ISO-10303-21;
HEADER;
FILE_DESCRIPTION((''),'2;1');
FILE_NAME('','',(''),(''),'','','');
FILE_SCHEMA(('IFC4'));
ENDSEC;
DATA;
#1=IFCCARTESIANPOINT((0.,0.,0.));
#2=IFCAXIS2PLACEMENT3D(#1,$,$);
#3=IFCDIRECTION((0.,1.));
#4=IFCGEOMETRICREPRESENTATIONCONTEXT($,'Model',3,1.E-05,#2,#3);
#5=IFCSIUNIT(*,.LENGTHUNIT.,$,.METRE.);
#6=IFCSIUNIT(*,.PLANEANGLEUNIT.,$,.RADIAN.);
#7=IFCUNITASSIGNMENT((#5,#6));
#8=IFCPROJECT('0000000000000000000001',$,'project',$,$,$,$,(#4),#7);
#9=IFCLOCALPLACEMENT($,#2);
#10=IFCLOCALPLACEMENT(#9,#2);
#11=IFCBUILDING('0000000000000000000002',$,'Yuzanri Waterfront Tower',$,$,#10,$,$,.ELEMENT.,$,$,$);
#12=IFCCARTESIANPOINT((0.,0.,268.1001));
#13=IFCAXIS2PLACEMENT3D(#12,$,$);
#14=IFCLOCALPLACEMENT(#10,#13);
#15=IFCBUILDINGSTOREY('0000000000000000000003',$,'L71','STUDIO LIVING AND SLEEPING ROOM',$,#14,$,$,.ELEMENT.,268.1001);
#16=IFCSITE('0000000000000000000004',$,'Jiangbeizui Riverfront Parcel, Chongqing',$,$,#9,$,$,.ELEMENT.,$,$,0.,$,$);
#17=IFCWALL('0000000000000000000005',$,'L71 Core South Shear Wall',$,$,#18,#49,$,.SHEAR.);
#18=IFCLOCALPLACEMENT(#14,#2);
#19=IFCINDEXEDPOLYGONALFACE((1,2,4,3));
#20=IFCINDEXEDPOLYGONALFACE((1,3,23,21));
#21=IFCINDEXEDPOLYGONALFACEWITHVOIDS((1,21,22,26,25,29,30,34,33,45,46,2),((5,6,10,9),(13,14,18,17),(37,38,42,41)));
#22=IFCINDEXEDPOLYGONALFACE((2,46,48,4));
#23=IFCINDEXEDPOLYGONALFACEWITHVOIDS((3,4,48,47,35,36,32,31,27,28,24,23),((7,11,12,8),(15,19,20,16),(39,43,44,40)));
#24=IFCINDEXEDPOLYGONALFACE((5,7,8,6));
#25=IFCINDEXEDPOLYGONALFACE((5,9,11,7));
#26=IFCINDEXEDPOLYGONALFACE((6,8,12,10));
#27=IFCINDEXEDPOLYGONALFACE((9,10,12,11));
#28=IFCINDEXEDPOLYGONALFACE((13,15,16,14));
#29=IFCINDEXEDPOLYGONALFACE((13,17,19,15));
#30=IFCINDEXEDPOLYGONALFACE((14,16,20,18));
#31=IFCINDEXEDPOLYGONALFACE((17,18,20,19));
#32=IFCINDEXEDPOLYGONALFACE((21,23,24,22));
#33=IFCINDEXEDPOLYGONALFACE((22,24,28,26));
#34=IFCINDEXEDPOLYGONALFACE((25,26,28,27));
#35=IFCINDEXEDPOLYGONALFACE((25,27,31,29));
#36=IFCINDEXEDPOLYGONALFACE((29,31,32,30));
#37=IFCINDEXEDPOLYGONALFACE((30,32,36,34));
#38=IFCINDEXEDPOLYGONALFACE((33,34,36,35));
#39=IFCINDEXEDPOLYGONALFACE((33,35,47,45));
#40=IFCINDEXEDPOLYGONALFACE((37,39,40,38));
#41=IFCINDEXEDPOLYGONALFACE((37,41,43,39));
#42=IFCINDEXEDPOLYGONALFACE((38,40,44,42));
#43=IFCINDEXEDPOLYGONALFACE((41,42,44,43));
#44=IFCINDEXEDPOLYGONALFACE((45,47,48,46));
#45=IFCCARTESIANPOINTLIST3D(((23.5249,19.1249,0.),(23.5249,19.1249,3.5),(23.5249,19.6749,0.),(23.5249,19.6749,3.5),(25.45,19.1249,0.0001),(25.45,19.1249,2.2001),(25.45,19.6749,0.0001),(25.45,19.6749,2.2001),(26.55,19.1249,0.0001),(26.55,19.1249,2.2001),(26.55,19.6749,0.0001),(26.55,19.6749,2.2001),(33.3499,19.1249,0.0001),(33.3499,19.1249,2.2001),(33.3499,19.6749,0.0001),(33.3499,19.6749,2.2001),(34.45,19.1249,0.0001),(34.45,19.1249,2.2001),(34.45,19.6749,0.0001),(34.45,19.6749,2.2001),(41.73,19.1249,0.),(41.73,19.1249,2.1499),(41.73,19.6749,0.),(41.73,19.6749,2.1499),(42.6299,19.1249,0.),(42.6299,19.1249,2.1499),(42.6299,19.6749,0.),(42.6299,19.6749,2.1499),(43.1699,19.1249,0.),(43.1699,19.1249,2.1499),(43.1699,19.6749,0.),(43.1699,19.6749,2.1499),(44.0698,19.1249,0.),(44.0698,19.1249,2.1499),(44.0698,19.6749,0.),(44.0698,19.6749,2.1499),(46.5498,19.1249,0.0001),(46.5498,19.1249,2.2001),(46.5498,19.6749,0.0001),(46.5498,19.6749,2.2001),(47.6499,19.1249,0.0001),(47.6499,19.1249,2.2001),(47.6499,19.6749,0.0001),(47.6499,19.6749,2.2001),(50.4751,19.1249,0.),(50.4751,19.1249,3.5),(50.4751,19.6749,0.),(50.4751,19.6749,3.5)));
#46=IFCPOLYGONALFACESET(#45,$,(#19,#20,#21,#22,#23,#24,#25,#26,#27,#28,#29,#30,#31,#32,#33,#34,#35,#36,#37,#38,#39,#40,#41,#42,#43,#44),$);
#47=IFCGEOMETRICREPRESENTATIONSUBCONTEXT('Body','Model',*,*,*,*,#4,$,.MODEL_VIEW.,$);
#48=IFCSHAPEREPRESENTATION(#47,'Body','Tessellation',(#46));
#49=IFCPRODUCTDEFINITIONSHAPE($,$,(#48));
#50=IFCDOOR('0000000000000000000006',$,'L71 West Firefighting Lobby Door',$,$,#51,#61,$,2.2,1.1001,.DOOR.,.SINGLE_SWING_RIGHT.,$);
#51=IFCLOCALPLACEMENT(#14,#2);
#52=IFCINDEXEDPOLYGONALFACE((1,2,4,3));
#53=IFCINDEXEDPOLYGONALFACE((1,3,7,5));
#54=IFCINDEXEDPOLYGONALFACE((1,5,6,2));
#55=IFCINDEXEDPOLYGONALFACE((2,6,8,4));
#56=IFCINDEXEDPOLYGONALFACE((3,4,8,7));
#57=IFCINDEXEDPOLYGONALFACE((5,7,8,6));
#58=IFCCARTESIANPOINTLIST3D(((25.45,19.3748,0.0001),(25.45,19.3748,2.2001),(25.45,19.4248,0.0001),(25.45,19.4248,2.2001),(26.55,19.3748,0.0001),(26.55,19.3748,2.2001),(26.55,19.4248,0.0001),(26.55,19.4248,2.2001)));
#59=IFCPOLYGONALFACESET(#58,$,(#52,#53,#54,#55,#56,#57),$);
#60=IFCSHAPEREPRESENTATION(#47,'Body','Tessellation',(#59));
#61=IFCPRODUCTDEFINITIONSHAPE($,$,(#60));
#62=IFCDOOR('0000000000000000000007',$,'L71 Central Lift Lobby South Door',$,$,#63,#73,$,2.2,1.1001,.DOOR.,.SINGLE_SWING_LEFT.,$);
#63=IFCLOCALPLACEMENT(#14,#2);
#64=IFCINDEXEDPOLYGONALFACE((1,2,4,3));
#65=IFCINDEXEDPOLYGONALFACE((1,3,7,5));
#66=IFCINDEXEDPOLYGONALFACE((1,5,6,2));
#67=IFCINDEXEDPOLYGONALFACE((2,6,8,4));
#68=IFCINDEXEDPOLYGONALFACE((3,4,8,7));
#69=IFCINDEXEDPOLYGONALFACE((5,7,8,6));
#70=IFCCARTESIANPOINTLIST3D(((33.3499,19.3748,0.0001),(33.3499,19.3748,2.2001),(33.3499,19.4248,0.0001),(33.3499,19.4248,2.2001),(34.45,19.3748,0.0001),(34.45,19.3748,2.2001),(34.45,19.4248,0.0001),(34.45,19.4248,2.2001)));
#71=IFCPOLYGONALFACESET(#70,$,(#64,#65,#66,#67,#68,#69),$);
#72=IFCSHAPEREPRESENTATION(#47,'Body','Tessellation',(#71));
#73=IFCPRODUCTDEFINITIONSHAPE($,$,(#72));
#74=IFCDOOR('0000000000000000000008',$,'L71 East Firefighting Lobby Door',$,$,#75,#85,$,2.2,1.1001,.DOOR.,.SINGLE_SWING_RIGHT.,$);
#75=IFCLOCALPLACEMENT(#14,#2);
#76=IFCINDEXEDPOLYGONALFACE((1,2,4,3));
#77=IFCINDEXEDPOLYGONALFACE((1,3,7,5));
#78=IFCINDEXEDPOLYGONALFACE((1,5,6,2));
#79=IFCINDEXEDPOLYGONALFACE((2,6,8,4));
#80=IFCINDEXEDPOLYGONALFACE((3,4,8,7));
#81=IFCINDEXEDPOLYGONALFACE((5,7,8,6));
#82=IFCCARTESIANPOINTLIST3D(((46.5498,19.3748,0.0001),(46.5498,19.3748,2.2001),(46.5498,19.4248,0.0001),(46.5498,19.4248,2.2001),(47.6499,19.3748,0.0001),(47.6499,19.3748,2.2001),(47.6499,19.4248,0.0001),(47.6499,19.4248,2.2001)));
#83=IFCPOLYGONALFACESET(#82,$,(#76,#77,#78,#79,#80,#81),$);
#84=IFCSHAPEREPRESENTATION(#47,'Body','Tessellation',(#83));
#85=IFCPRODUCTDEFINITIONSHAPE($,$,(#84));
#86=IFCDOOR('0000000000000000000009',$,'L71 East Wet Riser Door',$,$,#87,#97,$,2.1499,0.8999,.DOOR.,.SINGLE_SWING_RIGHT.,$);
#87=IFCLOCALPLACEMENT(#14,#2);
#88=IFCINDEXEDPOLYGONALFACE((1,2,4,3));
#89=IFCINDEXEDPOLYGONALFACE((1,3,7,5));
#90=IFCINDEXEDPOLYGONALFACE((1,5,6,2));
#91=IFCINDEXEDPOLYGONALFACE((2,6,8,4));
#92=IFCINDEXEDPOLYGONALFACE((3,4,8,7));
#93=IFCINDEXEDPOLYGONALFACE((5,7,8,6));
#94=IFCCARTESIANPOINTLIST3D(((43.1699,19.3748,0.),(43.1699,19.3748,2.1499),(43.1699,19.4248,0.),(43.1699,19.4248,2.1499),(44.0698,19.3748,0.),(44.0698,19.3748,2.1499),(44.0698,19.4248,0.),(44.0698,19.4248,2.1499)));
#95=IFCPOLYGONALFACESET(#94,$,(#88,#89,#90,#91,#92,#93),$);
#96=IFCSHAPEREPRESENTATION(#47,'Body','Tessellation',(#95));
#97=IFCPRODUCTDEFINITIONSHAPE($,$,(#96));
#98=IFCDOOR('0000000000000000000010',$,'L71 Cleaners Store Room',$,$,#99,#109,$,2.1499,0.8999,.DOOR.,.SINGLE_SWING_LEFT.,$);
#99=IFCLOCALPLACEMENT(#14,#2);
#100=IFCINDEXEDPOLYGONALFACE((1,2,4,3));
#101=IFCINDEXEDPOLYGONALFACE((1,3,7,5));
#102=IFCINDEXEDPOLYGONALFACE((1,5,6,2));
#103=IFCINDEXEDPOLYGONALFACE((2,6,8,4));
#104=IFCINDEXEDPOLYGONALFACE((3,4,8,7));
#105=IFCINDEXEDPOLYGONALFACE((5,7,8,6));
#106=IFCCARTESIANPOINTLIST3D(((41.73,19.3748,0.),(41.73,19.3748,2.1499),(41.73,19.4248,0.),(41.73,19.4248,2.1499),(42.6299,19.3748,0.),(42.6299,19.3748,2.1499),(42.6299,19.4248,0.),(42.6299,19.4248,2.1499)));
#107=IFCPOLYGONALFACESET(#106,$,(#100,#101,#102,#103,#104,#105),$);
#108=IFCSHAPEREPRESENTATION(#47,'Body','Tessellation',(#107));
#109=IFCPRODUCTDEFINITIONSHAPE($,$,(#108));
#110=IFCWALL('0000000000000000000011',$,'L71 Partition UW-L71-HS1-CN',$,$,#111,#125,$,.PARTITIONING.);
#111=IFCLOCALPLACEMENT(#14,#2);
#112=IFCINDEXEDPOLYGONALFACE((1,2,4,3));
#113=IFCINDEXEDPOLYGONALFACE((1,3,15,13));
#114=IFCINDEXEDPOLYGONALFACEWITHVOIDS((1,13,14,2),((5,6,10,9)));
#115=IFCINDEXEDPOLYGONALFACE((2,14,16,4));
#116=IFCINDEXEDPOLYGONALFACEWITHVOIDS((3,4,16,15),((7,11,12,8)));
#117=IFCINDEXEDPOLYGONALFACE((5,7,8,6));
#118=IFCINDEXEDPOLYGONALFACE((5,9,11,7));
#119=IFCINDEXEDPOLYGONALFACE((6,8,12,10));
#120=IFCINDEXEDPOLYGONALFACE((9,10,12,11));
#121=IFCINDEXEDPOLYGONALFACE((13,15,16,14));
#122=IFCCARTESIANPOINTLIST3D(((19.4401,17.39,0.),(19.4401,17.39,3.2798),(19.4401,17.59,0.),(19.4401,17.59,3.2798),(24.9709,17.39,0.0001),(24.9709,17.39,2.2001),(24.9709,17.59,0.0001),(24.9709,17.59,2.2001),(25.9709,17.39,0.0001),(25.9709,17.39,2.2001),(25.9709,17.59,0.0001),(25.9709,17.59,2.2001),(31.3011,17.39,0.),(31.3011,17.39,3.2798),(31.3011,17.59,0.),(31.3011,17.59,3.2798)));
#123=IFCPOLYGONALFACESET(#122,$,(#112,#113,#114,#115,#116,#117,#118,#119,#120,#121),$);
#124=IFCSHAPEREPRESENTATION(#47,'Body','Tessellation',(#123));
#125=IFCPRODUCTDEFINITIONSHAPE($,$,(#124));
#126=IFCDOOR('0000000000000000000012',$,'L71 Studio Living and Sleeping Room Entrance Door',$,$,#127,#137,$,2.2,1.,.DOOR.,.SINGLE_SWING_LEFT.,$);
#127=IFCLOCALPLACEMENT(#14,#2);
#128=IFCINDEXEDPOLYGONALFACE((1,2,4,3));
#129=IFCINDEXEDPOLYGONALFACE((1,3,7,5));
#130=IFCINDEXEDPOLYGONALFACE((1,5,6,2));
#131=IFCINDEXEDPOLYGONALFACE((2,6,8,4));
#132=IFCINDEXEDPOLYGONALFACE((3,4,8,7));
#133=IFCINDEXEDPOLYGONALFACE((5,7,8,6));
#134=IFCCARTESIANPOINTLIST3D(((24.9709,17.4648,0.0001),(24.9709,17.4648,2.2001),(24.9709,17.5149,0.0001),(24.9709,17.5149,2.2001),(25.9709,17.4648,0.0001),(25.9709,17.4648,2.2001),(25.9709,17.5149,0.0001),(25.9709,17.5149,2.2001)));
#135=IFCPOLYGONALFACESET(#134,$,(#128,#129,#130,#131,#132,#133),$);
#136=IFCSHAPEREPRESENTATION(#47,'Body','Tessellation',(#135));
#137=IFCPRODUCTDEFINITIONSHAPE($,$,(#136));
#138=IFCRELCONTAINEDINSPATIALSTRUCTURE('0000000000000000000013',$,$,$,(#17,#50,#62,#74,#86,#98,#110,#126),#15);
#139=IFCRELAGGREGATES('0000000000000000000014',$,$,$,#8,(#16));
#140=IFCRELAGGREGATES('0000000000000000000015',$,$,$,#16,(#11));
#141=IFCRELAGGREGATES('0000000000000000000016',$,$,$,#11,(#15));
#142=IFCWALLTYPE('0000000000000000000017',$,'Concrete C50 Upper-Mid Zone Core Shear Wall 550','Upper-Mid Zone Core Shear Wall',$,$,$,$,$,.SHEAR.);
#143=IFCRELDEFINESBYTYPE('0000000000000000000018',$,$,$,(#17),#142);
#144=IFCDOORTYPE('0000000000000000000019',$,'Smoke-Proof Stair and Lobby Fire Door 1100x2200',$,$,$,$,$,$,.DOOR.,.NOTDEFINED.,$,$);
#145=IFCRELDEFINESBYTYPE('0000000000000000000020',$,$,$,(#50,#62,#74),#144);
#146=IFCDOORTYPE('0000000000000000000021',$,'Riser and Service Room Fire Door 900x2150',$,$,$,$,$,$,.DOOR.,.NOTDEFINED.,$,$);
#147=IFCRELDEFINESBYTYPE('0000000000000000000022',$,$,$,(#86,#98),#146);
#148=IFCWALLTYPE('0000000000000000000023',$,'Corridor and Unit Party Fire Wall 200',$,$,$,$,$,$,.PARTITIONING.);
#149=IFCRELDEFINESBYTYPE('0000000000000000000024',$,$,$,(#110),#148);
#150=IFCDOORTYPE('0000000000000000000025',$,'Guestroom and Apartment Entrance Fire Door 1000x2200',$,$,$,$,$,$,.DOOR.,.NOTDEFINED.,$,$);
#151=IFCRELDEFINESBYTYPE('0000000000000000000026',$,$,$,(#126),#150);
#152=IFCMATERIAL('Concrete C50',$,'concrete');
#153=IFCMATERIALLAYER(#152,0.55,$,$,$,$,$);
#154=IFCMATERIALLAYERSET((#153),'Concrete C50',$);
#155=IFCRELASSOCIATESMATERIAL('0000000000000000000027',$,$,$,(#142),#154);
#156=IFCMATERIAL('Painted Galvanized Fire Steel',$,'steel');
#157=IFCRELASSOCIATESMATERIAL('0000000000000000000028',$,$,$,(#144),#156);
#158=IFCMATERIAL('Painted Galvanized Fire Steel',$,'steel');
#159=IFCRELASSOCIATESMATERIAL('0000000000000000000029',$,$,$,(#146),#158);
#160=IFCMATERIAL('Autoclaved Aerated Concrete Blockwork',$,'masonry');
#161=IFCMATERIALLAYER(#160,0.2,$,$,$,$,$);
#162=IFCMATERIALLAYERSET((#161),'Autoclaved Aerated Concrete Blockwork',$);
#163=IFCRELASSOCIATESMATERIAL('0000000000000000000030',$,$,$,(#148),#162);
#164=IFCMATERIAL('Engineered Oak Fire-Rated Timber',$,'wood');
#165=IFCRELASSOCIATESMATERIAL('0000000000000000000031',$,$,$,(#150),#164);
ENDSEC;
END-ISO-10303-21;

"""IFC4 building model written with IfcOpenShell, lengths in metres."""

from ifc_helpers import new_model, si_unit, direction, frame, frame_2d, origin, place, context, subcontext, project, spatial, rectangle, extrude, source, transform, mapped, material, layer, layer_set, type_object, element, fill, save


model = new_model("IFC4")

# Units and contexts
model_context = context("Model", 3, precision=1e-05, world=origin(), true_north=direction((0.0, 1.0)))
body_context = subcontext(model_context, "Body", "Model", "MODEL_VIEW")
ifc_project = project(units=[si_unit("LENGTHUNIT", "METRE"), si_unit("PLANEANGLEUNIT", "RADIAN")], contexts=[model_context])

# Site, building, storey
site_placement = place(None, origin())
site = spatial("IfcSite", under=ifc_project, at=site_placement, Name="Jiangbeizui Riverfront Parcel, Chongqing", CompositionType="ELEMENT", RefElevation=0.0)
building_placement = place(site_placement, origin())
building = spatial("IfcBuilding", under=site, at=building_placement, Name="Yuzanri Waterfront Tower", CompositionType="ELEMENT")
storey_placement = place(building_placement, frame((0.0, 0.0, 268.1001)))
storey = spatial("IfcBuildingStorey", under=building, at=storey_placement, Name="L71", Description="STUDIO LIVING AND SLEEPING ROOM", CompositionType="ELEMENT", Elevation=268.1001)

# Wall, openings, doors
ifc_material_1 = material(Name="Concrete C50", Category="concrete")
ifc_layer_1 = layer(ifc_material_1, 0.55)
ifc_layer_set_1 = layer_set([ifc_layer_1], Name="Concrete C50")
wall_type_1 = type_object("IfcWallType", Name="Concrete C50 Upper-Mid Zone Core Shear Wall 550", Description="Upper-Mid Zone Core Shear Wall", PredefinedType="SHEAR", material=ifc_layer_set_1)
wall_1_placement = place(storey_placement, frame((23.5249, 19.3999, 0.0), z_axis=(0.0, 0.0, 1.0), x_axis=(1.0, 0.0, 0.0)))
wall_1 = element("IfcWall", 1, at=wall_1_placement, inside=storey, type_object=wall_type_1, Name="L71 Core South Shear Wall", PredefinedType="SHEAR", context=body_context, shape_type="SweptSolid", body=[
    extrude(rectangle(XDim=26.9502, YDim=0.55, at=frame_2d((13.4751, 0.0))), origin(), (0.0, 0.0, 1.0), 3.5),
])
opening_1_placement = place(wall_1_placement, frame((1.925, 0.0, 0.0)))
opening_1 = element("IfcOpeningElement", 2, at=opening_1_placement, cuts=wall_1, PredefinedType="OPENING", context=body_context, shape_type="SweptSolid", body=[
    extrude(rectangle(XDim=1.1001, YDim=2.2, at=frame_2d((0.55, 1.1001))), frame((0.0, 0.29, 0.0), z_axis=(0.0, -1.0, 0.0), x_axis=(1.0, 0.0, 0.0)), (0.0, 0.0, 1.0), 0.5798),
])
opening_2_placement = place(wall_1_placement, frame((9.825, 0.0, 0.0)))
opening_2 = element("IfcOpeningElement", 3, at=opening_2_placement, cuts=wall_1, PredefinedType="OPENING", context=body_context, shape_type="SweptSolid", body=[
    extrude(rectangle(XDim=1.1001, YDim=2.2, at=frame_2d((0.55, 1.1001))), frame((0.0, 0.29, 0.0), z_axis=(0.0, -1.0, 0.0), x_axis=(1.0, 0.0, 0.0)), (0.0, 0.0, 1.0), 0.5798),
])
opening_3_placement = place(wall_1_placement, frame((23.0249, 0.0, 0.0)))
opening_3 = element("IfcOpeningElement", 4, at=opening_3_placement, cuts=wall_1, PredefinedType="OPENING", context=body_context, shape_type="SweptSolid", body=[
    extrude(rectangle(XDim=1.1001, YDim=2.2, at=frame_2d((0.55, 1.1001))), frame((0.0, 0.29, 0.0), z_axis=(0.0, -1.0, 0.0), x_axis=(1.0, 0.0, 0.0)), (0.0, 0.0, 1.0), 0.5798),
])
opening_4_placement = place(wall_1_placement, frame((19.645, 0.0, 0.0)))
opening_4 = element("IfcOpeningElement", 5, at=opening_4_placement, cuts=wall_1, PredefinedType="OPENING", context=body_context, shape_type="SweptSolid", body=[
    extrude(rectangle(XDim=0.8999, YDim=2.1499, at=frame_2d((0.45, 1.075))), frame((0.0, 0.29, 0.0), z_axis=(0.0, -1.0, 0.0), x_axis=(1.0, 0.0, 0.0)), (0.0, 0.0, 1.0), 0.5798),
])
opening_5_placement = place(wall_1_placement, frame((18.2051, 0.0, 0.0)))
opening_5 = element("IfcOpeningElement", 6, at=opening_5_placement, cuts=wall_1, PredefinedType="OPENING", context=body_context, shape_type="SweptSolid", body=[
    extrude(rectangle(XDim=0.8999, YDim=2.1499, at=frame_2d((0.45, 1.075))), frame((0.0, 0.29, 0.0), z_axis=(0.0, -1.0, 0.0), x_axis=(1.0, 0.0, 0.0)), (0.0, 0.0, 1.0), 0.5798),
])
ifc_material_2 = material(Name="Painted Galvanized Fire Steel", Category="steel")
door_type_1 = type_object("IfcDoorType", Name="Smoke-Proof Stair and Lobby Fire Door 1100x2200", OperationType="NOTDEFINED", PredefinedType="DOOR", material=ifc_material_2)
shared_shape_1 = source(origin(), body_context, "Body", "SweptSolid", [
    extrude(rectangle(XDim=1.1001, YDim=2.2, at=frame_2d((0.55, 1.1001))), frame((0.0, 0.0249, 0.0), z_axis=(0.0, -1.0, 0.0), x_axis=(1.0, 0.0, 0.0)), (0.0, 0.0, 1.0), 0.05),
])
door_1_placement = place(opening_1_placement, origin())
door_1 = element("IfcDoor", 7, at=door_1_placement, inside=storey, type_object=door_type_1, Name="L71 West Firefighting Lobby Door", OperationType="SINGLE_SWING_RIGHT", OverallHeight=2.2, OverallWidth=1.1001, PredefinedType="DOOR", context=body_context, shape_type="MappedRepresentation", body=[
    mapped(shared_shape_1, transform((0.0, 0.0, 0.0), scale=1.0)),
])
fill(opening_1, door_1)
door_2_placement = place(opening_2_placement, origin())
door_2 = element("IfcDoor", 8, at=door_2_placement, inside=storey, type_object=door_type_1, Name="L71 Central Lift Lobby South Door", OperationType="SINGLE_SWING_LEFT", OverallHeight=2.2, OverallWidth=1.1001, PredefinedType="DOOR", context=body_context, shape_type="MappedRepresentation", body=[
    mapped(shared_shape_1, transform((0.0, 0.0, 0.0), scale=1.0)),
])
fill(opening_2, door_2)
door_3_placement = place(opening_3_placement, origin())
door_3 = element("IfcDoor", 9, at=door_3_placement, inside=storey, type_object=door_type_1, Name="L71 East Firefighting Lobby Door", OperationType="SINGLE_SWING_RIGHT", OverallHeight=2.2, OverallWidth=1.1001, PredefinedType="DOOR", context=body_context, shape_type="MappedRepresentation", body=[
    mapped(shared_shape_1, transform((0.0, 0.0, 0.0), scale=1.0)),
])
fill(opening_3, door_3)
ifc_material_3 = material(Name="Painted Galvanized Fire Steel", Category="steel")
door_type_2 = type_object("IfcDoorType", Name="Riser and Service Room Fire Door 900x2150", OperationType="NOTDEFINED", PredefinedType="DOOR", material=ifc_material_3)
shared_shape_2 = source(origin(), body_context, "Body", "SweptSolid", [
    extrude(rectangle(XDim=0.8999, YDim=2.1499, at=frame_2d((0.45, 1.075))), frame((0.0, 0.0249, 0.0), z_axis=(0.0, -1.0, 0.0), x_axis=(1.0, 0.0, 0.0)), (0.0, 0.0, 1.0), 0.05),
])
door_4_placement = place(opening_4_placement, origin())
door_4 = element("IfcDoor", 10, at=door_4_placement, inside=storey, type_object=door_type_2, Name="L71 East Wet Riser Door", OperationType="SINGLE_SWING_RIGHT", OverallHeight=2.1499, OverallWidth=0.8999, PredefinedType="DOOR", context=body_context, shape_type="MappedRepresentation", body=[
    mapped(shared_shape_2, transform((0.0, 0.0, 0.0), scale=1.0)),
])
fill(opening_4, door_4)
door_5_placement = place(opening_5_placement, origin())
door_5 = element("IfcDoor", 11, at=door_5_placement, inside=storey, type_object=door_type_2, Name="L71 Cleaners Store Room", OperationType="SINGLE_SWING_LEFT", OverallHeight=2.1499, OverallWidth=0.8999, PredefinedType="DOOR", context=body_context, shape_type="MappedRepresentation", body=[
    mapped(shared_shape_2, transform((0.0, 0.0, 0.0), scale=1.0)),
])
fill(opening_5, door_5)

# Wall, opening, door
ifc_material_4 = material(Name="Autoclaved Aerated Concrete Blockwork", Category="masonry")
ifc_layer_2 = layer(ifc_material_4, 0.2)
ifc_layer_set_2 = layer_set([ifc_layer_2], Name="Autoclaved Aerated Concrete Blockwork")
wall_type_2 = type_object("IfcWallType", Name="Corridor and Unit Party Fire Wall 200", PredefinedType="PARTITIONING", material=ifc_layer_set_2)
wall_2_placement = place(storey_placement, frame((19.4399, 17.49, 0.0), z_axis=(0.0, 0.0, 1.0), x_axis=(1.0, 0.0, 0.0)))
wall_2 = element("IfcWall", 12, at=wall_2_placement, inside=storey, type_object=wall_type_2, Name="L71 Partition UW-L71-HS1-CN", PredefinedType="PARTITIONING", context=body_context, shape_type="SweptSolid", body=[
    extrude(rectangle(XDim=11.8611, YDim=0.2, at=frame_2d((5.9307, 0.0))), origin(), (0.0, 0.0, 1.0), 3.2798),
])
opening_6_placement = place(wall_2_placement, frame((5.531, 0.0, 0.0)))
opening_6 = element("IfcOpeningElement", 13, at=opening_6_placement, cuts=wall_2, PredefinedType="OPENING", context=body_context, shape_type="SweptSolid", body=[
    extrude(rectangle(XDim=1.0, YDim=2.2, at=frame_2d((0.5, 1.1001))), frame((0.0, 0.1147, 0.0), z_axis=(0.0, -1.0, 0.0), x_axis=(1.0, 0.0, 0.0)), (0.0, 0.0, 1.0), 0.2297),
])
ifc_material_5 = material(Name="Engineered Oak Fire-Rated Timber", Category="wood")
door_type_3 = type_object("IfcDoorType", Name="Guestroom and Apartment Entrance Fire Door 1000x2200", OperationType="NOTDEFINED", PredefinedType="DOOR", material=ifc_material_5)
shared_shape_3 = source(origin(), body_context, "Body", "SweptSolid", [
    extrude(rectangle(XDim=1.0, YDim=2.2, at=frame_2d((0.5, 1.1001))), frame((0.0, 0.0249, 0.0), z_axis=(0.0, -1.0, 0.0), x_axis=(1.0, 0.0, 0.0)), (0.0, 0.0, 1.0), 0.05),
])
door_6_placement = place(opening_6_placement, origin())
door_6 = element("IfcDoor", 14, at=door_6_placement, inside=storey, type_object=door_type_3, Name="L71 Studio Living and Sleeping Room Entrance Door", OperationType="SINGLE_SWING_LEFT", OverallHeight=2.2, OverallWidth=1.0, PredefinedType="DOOR", context=body_context, shape_type="MappedRepresentation", body=[
    mapped(shared_shape_3, transform((0.0, 0.0, 0.0), scale=1.0)),
])
fill(opening_6, door_6)

save(model, "model.ifc")
